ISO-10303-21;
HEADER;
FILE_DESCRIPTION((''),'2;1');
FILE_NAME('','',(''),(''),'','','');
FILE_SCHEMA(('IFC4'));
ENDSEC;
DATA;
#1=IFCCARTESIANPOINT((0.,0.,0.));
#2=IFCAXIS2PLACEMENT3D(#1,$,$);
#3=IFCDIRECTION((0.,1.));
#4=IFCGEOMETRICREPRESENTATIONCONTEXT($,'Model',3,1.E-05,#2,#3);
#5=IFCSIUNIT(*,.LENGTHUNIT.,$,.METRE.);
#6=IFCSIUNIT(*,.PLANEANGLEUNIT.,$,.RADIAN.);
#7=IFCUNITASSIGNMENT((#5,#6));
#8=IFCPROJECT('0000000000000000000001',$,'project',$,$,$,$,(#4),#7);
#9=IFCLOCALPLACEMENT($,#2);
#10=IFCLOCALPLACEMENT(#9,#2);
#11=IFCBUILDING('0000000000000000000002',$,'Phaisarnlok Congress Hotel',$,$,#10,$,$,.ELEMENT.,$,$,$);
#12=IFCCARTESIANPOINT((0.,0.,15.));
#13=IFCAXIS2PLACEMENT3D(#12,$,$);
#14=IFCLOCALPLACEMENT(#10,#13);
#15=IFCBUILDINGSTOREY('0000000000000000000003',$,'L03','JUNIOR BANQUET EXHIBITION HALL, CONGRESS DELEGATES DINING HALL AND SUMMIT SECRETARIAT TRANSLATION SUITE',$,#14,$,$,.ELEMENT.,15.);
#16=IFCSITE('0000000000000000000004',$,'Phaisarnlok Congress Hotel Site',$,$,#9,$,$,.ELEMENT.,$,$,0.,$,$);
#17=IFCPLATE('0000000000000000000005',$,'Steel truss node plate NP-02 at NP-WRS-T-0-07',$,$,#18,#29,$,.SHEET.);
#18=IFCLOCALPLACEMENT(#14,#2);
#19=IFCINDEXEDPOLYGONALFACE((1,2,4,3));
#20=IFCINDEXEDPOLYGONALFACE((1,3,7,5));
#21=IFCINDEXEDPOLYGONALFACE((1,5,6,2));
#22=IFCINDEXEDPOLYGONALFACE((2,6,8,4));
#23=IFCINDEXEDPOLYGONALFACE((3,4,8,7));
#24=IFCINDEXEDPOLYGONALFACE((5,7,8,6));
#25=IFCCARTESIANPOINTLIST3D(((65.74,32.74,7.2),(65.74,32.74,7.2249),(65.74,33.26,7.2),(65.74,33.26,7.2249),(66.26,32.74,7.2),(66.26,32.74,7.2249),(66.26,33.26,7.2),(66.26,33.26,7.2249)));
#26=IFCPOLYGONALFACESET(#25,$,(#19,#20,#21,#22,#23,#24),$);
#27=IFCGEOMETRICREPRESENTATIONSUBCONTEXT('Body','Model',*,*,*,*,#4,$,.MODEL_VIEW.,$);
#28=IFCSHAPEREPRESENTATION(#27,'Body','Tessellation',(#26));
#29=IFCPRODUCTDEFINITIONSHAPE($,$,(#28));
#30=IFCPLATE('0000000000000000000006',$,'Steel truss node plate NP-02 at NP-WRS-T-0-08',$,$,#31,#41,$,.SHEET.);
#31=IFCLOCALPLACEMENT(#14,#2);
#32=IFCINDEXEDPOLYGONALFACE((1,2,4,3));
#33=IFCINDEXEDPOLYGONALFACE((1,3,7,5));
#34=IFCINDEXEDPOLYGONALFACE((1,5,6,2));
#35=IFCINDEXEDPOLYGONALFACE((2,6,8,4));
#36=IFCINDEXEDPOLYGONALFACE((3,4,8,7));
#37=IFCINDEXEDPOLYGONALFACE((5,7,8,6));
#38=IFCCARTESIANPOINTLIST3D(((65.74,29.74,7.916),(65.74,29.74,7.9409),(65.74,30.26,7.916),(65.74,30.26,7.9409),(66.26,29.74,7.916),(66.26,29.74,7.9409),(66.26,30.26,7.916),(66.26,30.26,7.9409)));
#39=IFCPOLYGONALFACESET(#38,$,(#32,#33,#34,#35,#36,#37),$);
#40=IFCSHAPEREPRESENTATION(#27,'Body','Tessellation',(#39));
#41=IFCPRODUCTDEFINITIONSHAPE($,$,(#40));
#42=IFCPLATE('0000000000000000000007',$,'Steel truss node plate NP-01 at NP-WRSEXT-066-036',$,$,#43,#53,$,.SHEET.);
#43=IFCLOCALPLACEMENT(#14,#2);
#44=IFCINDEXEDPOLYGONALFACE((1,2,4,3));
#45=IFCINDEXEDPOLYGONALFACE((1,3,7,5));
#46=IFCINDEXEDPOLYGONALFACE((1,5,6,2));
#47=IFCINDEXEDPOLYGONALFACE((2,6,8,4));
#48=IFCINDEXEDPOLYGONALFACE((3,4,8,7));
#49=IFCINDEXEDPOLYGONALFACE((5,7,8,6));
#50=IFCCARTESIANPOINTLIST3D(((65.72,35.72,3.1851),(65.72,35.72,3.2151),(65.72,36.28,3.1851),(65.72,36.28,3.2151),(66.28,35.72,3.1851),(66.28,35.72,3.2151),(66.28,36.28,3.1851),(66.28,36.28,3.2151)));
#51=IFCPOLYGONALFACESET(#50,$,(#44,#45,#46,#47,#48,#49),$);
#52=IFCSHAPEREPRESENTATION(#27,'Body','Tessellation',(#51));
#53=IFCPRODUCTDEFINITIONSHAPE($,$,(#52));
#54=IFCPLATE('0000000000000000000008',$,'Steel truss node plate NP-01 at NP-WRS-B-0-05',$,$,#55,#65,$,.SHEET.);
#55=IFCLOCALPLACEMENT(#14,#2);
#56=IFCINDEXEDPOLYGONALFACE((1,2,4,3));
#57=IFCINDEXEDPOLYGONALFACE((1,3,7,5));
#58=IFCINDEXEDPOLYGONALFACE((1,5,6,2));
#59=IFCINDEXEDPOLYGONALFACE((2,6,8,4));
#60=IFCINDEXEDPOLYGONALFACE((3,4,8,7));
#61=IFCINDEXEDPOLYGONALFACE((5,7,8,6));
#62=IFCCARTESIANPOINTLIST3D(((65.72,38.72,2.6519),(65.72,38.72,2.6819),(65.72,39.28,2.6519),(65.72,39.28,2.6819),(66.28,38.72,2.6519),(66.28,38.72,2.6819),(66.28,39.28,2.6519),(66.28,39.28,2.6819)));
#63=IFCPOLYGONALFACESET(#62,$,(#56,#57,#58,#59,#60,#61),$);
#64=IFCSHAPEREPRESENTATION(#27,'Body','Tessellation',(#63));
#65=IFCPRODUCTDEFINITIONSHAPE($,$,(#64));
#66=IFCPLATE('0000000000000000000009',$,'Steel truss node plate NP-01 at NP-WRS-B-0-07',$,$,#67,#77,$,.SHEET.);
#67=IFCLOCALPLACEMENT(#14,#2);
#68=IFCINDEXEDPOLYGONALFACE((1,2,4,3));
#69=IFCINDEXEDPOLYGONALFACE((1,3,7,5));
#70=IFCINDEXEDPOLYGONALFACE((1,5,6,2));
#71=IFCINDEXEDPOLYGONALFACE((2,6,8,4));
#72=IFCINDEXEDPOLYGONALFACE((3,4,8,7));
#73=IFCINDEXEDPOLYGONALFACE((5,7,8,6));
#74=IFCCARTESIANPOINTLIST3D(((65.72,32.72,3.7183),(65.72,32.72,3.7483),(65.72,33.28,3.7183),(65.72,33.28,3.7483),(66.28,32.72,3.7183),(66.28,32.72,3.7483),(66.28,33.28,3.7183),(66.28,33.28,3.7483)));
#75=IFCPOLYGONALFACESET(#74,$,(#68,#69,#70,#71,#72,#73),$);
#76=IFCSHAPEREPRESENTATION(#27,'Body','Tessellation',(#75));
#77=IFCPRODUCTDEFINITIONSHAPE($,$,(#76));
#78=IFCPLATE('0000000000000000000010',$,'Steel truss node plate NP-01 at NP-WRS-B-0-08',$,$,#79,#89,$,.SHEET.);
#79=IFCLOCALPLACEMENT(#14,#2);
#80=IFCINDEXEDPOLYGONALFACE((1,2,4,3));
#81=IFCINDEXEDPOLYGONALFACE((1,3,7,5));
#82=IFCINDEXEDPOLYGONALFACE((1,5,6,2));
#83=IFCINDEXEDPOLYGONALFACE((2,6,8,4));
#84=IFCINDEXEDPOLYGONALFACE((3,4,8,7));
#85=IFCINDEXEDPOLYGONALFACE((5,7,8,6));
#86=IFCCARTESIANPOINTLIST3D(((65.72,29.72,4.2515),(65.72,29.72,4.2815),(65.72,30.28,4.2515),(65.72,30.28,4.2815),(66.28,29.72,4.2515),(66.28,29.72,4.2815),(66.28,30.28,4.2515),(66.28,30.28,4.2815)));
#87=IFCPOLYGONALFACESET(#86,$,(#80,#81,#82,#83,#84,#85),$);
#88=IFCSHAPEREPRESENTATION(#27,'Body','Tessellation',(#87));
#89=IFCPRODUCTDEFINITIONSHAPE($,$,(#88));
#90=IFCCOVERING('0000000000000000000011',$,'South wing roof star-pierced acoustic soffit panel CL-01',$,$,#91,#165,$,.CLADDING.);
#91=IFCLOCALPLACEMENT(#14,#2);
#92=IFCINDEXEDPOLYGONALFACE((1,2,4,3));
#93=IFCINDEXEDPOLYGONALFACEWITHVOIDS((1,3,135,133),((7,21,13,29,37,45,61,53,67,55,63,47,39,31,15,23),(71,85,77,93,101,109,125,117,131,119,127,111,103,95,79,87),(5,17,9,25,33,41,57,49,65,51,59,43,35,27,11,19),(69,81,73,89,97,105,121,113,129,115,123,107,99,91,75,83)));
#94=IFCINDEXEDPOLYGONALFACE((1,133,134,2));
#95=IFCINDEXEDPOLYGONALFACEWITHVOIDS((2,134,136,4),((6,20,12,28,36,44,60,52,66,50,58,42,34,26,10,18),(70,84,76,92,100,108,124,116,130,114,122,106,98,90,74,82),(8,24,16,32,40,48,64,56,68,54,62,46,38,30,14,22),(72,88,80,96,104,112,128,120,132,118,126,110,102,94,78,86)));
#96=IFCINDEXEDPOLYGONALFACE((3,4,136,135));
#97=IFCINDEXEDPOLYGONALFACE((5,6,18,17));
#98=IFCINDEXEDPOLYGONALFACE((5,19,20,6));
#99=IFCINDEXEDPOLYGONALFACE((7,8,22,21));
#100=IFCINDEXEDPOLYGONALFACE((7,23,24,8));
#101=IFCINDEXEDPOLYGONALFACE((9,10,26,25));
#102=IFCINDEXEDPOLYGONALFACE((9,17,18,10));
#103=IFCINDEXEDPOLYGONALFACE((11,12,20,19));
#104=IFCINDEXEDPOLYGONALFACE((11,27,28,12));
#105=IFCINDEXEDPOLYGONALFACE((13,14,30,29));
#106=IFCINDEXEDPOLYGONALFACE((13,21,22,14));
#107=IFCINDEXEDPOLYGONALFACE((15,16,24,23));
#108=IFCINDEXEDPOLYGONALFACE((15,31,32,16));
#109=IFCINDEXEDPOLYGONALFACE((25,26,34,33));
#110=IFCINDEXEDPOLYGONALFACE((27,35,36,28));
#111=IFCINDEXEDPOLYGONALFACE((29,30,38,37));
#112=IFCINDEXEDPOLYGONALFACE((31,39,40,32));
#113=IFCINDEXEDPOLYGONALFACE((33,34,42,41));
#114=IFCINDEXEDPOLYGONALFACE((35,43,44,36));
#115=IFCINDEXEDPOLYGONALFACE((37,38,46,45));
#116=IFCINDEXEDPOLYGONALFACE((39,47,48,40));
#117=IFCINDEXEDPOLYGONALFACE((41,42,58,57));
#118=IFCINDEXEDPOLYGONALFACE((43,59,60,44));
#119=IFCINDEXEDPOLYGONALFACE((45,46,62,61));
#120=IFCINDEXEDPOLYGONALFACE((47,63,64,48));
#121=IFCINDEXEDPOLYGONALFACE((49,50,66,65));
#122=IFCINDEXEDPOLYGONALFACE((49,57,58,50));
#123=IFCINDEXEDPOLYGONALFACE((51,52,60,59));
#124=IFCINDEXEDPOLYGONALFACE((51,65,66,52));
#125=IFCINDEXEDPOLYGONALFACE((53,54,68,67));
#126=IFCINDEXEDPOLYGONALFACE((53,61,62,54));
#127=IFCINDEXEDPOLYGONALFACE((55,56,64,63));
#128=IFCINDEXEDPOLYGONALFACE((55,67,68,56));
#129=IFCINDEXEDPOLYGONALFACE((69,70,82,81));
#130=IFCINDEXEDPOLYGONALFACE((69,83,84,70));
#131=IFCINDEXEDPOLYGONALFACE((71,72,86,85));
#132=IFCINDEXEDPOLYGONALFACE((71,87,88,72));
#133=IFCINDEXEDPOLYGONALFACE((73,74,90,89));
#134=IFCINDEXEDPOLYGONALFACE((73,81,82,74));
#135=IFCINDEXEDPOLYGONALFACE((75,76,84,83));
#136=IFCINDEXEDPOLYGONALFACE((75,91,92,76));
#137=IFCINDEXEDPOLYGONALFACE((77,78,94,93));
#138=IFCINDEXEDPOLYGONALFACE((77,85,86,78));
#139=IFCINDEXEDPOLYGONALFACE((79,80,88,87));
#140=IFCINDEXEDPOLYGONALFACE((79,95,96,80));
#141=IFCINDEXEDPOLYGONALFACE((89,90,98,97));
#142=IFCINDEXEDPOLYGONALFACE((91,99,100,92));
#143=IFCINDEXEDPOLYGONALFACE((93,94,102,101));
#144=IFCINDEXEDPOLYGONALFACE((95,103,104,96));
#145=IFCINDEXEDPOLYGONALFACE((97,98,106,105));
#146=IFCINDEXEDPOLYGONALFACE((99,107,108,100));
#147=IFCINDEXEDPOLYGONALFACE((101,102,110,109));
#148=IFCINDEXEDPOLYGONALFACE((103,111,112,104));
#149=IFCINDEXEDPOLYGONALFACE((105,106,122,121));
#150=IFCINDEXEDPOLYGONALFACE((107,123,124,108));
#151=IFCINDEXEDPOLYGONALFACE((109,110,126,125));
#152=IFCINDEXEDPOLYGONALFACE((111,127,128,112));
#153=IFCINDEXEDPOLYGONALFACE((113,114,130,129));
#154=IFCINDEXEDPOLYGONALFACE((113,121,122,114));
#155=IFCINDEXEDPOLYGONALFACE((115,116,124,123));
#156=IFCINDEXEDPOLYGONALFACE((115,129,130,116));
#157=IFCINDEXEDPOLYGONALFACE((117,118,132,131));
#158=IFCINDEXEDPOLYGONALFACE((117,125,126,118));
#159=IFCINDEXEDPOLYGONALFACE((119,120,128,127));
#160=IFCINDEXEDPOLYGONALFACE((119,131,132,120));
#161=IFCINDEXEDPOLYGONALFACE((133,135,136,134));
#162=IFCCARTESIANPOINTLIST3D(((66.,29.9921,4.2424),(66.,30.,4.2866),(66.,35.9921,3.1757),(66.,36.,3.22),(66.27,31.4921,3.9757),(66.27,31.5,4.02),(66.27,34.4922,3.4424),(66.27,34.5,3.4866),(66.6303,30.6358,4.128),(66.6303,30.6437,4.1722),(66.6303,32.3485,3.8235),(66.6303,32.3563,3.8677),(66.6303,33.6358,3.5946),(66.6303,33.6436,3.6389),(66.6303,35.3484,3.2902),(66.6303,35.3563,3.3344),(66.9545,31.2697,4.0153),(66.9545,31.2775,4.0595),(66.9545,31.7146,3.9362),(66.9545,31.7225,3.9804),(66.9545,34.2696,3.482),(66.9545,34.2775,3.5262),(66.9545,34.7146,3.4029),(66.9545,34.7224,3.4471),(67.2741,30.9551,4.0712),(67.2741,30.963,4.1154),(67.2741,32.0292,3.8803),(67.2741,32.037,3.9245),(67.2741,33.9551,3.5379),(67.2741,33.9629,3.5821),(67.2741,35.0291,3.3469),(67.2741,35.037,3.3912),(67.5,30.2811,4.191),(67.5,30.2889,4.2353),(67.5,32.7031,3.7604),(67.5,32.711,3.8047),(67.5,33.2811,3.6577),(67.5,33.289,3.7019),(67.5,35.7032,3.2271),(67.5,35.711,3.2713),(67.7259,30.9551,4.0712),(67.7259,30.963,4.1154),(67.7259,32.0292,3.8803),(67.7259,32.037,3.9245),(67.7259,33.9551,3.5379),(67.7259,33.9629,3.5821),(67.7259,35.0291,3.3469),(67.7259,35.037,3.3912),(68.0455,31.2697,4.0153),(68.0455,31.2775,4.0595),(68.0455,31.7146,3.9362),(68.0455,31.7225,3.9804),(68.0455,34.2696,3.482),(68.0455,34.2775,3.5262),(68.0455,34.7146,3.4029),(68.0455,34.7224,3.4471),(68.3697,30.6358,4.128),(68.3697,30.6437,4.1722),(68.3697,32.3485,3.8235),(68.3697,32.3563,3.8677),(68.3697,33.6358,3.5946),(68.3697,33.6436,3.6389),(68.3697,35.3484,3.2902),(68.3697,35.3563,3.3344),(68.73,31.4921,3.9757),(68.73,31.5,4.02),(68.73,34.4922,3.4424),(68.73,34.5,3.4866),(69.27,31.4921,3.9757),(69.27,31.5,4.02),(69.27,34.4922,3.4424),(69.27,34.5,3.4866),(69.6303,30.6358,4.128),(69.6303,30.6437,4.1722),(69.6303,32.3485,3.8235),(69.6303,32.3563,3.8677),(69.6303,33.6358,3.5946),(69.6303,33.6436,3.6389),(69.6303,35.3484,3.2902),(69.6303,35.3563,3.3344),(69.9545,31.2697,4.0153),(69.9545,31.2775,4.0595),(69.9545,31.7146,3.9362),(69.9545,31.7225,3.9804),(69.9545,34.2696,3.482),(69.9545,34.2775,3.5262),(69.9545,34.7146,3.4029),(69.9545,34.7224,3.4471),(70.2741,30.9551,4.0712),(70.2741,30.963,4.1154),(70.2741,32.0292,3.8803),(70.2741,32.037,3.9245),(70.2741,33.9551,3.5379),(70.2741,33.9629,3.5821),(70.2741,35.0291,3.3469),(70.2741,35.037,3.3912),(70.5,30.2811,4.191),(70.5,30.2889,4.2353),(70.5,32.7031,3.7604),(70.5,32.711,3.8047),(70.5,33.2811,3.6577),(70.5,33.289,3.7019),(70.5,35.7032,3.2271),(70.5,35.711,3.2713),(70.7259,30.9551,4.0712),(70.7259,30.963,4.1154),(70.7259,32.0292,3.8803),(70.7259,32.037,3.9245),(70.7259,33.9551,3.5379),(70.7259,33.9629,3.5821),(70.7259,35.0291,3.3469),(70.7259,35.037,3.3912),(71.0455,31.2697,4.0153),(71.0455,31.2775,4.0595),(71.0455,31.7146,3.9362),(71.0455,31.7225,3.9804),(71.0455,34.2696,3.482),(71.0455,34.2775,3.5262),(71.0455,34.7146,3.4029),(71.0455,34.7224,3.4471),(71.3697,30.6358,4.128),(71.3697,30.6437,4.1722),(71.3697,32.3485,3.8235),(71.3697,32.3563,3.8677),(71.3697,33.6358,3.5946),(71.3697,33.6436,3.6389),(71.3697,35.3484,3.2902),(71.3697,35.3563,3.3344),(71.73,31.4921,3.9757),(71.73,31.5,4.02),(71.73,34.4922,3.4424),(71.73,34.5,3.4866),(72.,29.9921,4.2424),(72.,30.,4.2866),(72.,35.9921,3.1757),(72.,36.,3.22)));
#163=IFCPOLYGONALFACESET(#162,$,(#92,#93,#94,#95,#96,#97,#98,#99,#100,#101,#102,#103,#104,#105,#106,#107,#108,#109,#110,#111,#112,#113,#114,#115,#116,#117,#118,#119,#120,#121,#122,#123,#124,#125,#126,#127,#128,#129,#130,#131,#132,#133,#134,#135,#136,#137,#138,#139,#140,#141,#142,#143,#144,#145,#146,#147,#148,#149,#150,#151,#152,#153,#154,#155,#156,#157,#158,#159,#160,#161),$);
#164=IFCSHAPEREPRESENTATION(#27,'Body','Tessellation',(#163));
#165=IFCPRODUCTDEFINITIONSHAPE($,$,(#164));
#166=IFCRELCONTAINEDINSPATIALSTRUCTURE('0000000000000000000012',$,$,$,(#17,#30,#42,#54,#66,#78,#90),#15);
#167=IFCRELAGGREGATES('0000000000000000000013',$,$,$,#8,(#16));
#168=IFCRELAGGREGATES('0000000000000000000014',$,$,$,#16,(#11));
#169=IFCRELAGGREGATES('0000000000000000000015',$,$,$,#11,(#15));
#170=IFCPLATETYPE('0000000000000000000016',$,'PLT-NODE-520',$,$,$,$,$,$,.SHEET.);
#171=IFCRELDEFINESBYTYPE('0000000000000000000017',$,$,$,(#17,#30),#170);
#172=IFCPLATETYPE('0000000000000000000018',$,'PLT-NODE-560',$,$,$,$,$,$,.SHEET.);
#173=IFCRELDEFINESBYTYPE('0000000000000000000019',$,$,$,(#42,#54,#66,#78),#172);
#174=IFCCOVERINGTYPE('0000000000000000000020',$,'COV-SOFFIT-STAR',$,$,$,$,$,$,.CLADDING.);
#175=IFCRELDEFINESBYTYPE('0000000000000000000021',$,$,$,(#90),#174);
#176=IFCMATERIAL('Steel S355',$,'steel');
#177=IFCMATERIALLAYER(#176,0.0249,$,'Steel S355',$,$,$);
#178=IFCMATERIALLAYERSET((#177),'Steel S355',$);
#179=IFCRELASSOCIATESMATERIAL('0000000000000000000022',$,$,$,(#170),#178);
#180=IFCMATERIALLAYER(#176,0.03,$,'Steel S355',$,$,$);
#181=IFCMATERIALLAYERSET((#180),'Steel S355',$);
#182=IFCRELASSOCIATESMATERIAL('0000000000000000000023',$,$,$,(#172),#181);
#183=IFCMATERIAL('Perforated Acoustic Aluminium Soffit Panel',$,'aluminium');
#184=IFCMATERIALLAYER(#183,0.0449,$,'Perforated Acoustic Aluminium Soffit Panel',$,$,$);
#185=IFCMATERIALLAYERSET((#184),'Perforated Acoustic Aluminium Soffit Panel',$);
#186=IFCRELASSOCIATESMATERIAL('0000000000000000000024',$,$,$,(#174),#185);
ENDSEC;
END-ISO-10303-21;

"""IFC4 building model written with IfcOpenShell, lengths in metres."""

from ifc_helpers import new_model, si_unit, direction, frame, origin, origin_2d, place, context, subcontext, project, spatial, polyline, rectangle, outline, extrude, material, layer, layer_set, type_object, element, save


model = new_model("IFC4")

# Units and contexts
model_context = context("Model", 3, precision=1e-05, world=origin(), true_north=direction((0.0, 1.0)))
body_context = subcontext(model_context, "Body", "Model", "MODEL_VIEW")
ifc_project = project(units=[si_unit("LENGTHUNIT", "METRE"), si_unit("PLANEANGLEUNIT", "RADIAN")], contexts=[model_context])

# Site, building, storey
site_placement = place(None, origin())
site = spatial("IfcSite", under=ifc_project, at=site_placement, Name="Phaisarnlok Congress Hotel Site", CompositionType="ELEMENT", RefElevation=0.0)
building_placement = place(site_placement, origin())
building = spatial("IfcBuilding", under=site, at=building_placement, Name="Phaisarnlok Congress Hotel", CompositionType="ELEMENT")
storey_placement = place(building_placement, frame((0.0, 0.0, 15.0)))
storey = spatial("IfcBuildingStorey", under=building, at=storey_placement, Name="L03", Description="JUNIOR BANQUET EXHIBITION HALL, CONGRESS DELEGATES DINING HALL AND SUMMIT SECRETARIAT TRANSLATION SUITE", CompositionType="ELEMENT", Elevation=15.0)

# Shared definitions
ifc_material_1 = material(Name="Steel S355", Category="steel")

# Plates
ifc_layer_1 = layer(ifc_material_1, 0.0249, Name="Steel S355")
ifc_layer_set_1 = layer_set([ifc_layer_1], Name="Steel S355")
plate_type_1 = type_object("IfcPlateType", Name="PLT-NODE-520", PredefinedType="SHEET", material=ifc_layer_set_1)
for number, where, z_axis, x_axis, name in (
    (1, (66.0, 33.0, 7.2), (0.0, 0.0, 1.0), (1.0, 0.0, 0.0), "Steel truss node plate NP-02 at NP-WRS-T-0-07"),
    (2, (66.0, 30.0, 7.916), (0.0, 0.0, 1.0), (1.0, 0.0, 0.0), "Steel truss node plate NP-02 at NP-WRS-T-0-08"),
):
    element("IfcPlate", number, at=place(storey_placement, frame(where, z_axis=z_axis, x_axis=x_axis)), inside=storey, type_object=plate_type_1, Name=name, PredefinedType="SHEET", context=body_context, shape_type="SweptSolid", body=[
        extrude(rectangle(XDim=0.52, YDim=0.52, at=origin_2d()), origin(), (0.0, 0.0, 1.0), 0.0249),
    ])
ifc_layer_2 = layer(ifc_material_1, 0.03, Name="Steel S355")
ifc_layer_set_2 = layer_set([ifc_layer_2], Name="Steel S355")
plate_type_2 = type_object("IfcPlateType", Name="PLT-NODE-560", PredefinedType="SHEET", material=ifc_layer_set_2)
for number, where, z_axis, x_axis, name in (
    (3, (66.0, 36.0, 3.1851), (0.0, 0.0, 1.0), (1.0, 0.0, 0.0), "Steel truss node plate NP-01 at NP-WRSEXT-066-036"),
    (4, (66.0, 39.0, 2.6519), (0.0, 0.0, 1.0), (1.0, 0.0, 0.0), "Steel truss node plate NP-01 at NP-WRS-B-0-05"),
    (5, (66.0, 33.0, 3.7183), (0.0, 0.0, 1.0), (1.0, 0.0, 0.0), "Steel truss node plate NP-01 at NP-WRS-B-0-07"),
    (6, (66.0, 30.0, 4.2515), (0.0, 0.0, 1.0), (1.0, 0.0, 0.0), "Steel truss node plate NP-01 at NP-WRS-B-0-08"),
):
    element("IfcPlate", number, at=place(storey_placement, frame(where, z_axis=z_axis, x_axis=x_axis)), inside=storey, type_object=plate_type_2, Name=name, PredefinedType="SHEET", context=body_context, shape_type="SweptSolid", body=[
        extrude(rectangle(XDim=0.5601, YDim=0.5601, at=origin_2d()), origin(), (0.0, 0.0, 1.0), 0.03),
    ])

# Covering
ifc_material_2 = material(Name="Perforated Acoustic Aluminium Soffit Panel", Category="aluminium")
ifc_layer_3 = layer(ifc_material_2, 0.0449, Name="Perforated Acoustic Aluminium Soffit Panel")
ifc_layer_set_3 = layer_set([ifc_layer_3], Name="Perforated Acoustic Aluminium Soffit Panel")
covering_type = type_object("IfcCoveringType", Name="COV-SOFFIT-STAR", PredefinedType="CLADDING", material=ifc_layer_set_3)
covering_1_placement = place(storey_placement, frame((66.0, 36.0, 3.22), z_axis=(0.0, -0.175031, -0.984563), x_axis=(1.0, 0.0, 0.0)))
element("IfcCovering", 7, at=covering_1_placement, inside=storey, type_object=covering_type, Name="South wing roof star-pierced acoustic soffit panel CL-01", PredefinedType="CLADDING", context=body_context, shape_type="SweptSolid", body=[
    extrude(outline(polyline([(0.0, 0.0), (6.0, 0.0), (6.0, 6.0941), (0.0, 6.0941), (0.0, 0.0)]), holes=[polyline([(2.0455, 1.2976), (2.3697, 0.6538), (1.7259, 0.9781), (1.5, 0.2935), (1.2741, 0.9781), (0.6303, 0.6538), (0.9545, 1.2976), (0.27, 1.5235), (0.9545, 1.7495), (0.6303, 2.3933), (1.2741, 2.069), (1.5, 2.7535), (1.7259, 2.069), (2.3697, 2.3933), (2.0455, 1.7495), (2.73, 1.5235), (2.0455, 1.2976)]), polyline([(2.0455, 4.3446), (2.3697, 3.7008), (1.7259, 4.0251), (1.5, 3.3406), (1.2741, 4.0251), (0.6303, 3.7008), (0.9545, 4.3446), (0.27, 4.5706), (0.9545, 4.7965), (0.6303, 5.4403), (1.2741, 5.116), (1.5, 5.8006), (1.7259, 5.116), (2.3697, 5.4403), (2.0455, 4.7965), (2.73, 4.5706), (2.0455, 4.3446)]), polyline([(5.0455, 1.2976), (5.3697, 0.6538), (4.7259, 0.9781), (4.5, 0.2935), (4.2741, 0.9781), (3.6303, 0.6538), (3.9545, 1.2976), (3.27, 1.5235), (3.9545, 1.7495), (3.6303, 2.3933), (4.2741, 2.069), (4.5, 2.7535), (4.7259, 2.069), (5.3697, 2.3933), (5.0455, 1.7495), (5.73, 1.5235), (5.0455, 1.2976)]), polyline([(5.0455, 4.3446), (5.3697, 3.7008), (4.7259, 4.0251), (4.5, 3.3406), (4.2741, 4.0251), (3.6303, 3.7008), (3.9545, 4.3446), (3.27, 4.5706), (3.9545, 4.7965), (3.6303, 5.4403), (4.2741, 5.116), (4.5, 5.8006), (4.7259, 5.116), (5.3697, 5.4403), (5.0455, 4.7965), (5.73, 4.5706), (5.0455, 4.3446)])]), origin(), (0.0, 0.0, 1.0), 0.0449),
])

save(model, "model.ifc")
